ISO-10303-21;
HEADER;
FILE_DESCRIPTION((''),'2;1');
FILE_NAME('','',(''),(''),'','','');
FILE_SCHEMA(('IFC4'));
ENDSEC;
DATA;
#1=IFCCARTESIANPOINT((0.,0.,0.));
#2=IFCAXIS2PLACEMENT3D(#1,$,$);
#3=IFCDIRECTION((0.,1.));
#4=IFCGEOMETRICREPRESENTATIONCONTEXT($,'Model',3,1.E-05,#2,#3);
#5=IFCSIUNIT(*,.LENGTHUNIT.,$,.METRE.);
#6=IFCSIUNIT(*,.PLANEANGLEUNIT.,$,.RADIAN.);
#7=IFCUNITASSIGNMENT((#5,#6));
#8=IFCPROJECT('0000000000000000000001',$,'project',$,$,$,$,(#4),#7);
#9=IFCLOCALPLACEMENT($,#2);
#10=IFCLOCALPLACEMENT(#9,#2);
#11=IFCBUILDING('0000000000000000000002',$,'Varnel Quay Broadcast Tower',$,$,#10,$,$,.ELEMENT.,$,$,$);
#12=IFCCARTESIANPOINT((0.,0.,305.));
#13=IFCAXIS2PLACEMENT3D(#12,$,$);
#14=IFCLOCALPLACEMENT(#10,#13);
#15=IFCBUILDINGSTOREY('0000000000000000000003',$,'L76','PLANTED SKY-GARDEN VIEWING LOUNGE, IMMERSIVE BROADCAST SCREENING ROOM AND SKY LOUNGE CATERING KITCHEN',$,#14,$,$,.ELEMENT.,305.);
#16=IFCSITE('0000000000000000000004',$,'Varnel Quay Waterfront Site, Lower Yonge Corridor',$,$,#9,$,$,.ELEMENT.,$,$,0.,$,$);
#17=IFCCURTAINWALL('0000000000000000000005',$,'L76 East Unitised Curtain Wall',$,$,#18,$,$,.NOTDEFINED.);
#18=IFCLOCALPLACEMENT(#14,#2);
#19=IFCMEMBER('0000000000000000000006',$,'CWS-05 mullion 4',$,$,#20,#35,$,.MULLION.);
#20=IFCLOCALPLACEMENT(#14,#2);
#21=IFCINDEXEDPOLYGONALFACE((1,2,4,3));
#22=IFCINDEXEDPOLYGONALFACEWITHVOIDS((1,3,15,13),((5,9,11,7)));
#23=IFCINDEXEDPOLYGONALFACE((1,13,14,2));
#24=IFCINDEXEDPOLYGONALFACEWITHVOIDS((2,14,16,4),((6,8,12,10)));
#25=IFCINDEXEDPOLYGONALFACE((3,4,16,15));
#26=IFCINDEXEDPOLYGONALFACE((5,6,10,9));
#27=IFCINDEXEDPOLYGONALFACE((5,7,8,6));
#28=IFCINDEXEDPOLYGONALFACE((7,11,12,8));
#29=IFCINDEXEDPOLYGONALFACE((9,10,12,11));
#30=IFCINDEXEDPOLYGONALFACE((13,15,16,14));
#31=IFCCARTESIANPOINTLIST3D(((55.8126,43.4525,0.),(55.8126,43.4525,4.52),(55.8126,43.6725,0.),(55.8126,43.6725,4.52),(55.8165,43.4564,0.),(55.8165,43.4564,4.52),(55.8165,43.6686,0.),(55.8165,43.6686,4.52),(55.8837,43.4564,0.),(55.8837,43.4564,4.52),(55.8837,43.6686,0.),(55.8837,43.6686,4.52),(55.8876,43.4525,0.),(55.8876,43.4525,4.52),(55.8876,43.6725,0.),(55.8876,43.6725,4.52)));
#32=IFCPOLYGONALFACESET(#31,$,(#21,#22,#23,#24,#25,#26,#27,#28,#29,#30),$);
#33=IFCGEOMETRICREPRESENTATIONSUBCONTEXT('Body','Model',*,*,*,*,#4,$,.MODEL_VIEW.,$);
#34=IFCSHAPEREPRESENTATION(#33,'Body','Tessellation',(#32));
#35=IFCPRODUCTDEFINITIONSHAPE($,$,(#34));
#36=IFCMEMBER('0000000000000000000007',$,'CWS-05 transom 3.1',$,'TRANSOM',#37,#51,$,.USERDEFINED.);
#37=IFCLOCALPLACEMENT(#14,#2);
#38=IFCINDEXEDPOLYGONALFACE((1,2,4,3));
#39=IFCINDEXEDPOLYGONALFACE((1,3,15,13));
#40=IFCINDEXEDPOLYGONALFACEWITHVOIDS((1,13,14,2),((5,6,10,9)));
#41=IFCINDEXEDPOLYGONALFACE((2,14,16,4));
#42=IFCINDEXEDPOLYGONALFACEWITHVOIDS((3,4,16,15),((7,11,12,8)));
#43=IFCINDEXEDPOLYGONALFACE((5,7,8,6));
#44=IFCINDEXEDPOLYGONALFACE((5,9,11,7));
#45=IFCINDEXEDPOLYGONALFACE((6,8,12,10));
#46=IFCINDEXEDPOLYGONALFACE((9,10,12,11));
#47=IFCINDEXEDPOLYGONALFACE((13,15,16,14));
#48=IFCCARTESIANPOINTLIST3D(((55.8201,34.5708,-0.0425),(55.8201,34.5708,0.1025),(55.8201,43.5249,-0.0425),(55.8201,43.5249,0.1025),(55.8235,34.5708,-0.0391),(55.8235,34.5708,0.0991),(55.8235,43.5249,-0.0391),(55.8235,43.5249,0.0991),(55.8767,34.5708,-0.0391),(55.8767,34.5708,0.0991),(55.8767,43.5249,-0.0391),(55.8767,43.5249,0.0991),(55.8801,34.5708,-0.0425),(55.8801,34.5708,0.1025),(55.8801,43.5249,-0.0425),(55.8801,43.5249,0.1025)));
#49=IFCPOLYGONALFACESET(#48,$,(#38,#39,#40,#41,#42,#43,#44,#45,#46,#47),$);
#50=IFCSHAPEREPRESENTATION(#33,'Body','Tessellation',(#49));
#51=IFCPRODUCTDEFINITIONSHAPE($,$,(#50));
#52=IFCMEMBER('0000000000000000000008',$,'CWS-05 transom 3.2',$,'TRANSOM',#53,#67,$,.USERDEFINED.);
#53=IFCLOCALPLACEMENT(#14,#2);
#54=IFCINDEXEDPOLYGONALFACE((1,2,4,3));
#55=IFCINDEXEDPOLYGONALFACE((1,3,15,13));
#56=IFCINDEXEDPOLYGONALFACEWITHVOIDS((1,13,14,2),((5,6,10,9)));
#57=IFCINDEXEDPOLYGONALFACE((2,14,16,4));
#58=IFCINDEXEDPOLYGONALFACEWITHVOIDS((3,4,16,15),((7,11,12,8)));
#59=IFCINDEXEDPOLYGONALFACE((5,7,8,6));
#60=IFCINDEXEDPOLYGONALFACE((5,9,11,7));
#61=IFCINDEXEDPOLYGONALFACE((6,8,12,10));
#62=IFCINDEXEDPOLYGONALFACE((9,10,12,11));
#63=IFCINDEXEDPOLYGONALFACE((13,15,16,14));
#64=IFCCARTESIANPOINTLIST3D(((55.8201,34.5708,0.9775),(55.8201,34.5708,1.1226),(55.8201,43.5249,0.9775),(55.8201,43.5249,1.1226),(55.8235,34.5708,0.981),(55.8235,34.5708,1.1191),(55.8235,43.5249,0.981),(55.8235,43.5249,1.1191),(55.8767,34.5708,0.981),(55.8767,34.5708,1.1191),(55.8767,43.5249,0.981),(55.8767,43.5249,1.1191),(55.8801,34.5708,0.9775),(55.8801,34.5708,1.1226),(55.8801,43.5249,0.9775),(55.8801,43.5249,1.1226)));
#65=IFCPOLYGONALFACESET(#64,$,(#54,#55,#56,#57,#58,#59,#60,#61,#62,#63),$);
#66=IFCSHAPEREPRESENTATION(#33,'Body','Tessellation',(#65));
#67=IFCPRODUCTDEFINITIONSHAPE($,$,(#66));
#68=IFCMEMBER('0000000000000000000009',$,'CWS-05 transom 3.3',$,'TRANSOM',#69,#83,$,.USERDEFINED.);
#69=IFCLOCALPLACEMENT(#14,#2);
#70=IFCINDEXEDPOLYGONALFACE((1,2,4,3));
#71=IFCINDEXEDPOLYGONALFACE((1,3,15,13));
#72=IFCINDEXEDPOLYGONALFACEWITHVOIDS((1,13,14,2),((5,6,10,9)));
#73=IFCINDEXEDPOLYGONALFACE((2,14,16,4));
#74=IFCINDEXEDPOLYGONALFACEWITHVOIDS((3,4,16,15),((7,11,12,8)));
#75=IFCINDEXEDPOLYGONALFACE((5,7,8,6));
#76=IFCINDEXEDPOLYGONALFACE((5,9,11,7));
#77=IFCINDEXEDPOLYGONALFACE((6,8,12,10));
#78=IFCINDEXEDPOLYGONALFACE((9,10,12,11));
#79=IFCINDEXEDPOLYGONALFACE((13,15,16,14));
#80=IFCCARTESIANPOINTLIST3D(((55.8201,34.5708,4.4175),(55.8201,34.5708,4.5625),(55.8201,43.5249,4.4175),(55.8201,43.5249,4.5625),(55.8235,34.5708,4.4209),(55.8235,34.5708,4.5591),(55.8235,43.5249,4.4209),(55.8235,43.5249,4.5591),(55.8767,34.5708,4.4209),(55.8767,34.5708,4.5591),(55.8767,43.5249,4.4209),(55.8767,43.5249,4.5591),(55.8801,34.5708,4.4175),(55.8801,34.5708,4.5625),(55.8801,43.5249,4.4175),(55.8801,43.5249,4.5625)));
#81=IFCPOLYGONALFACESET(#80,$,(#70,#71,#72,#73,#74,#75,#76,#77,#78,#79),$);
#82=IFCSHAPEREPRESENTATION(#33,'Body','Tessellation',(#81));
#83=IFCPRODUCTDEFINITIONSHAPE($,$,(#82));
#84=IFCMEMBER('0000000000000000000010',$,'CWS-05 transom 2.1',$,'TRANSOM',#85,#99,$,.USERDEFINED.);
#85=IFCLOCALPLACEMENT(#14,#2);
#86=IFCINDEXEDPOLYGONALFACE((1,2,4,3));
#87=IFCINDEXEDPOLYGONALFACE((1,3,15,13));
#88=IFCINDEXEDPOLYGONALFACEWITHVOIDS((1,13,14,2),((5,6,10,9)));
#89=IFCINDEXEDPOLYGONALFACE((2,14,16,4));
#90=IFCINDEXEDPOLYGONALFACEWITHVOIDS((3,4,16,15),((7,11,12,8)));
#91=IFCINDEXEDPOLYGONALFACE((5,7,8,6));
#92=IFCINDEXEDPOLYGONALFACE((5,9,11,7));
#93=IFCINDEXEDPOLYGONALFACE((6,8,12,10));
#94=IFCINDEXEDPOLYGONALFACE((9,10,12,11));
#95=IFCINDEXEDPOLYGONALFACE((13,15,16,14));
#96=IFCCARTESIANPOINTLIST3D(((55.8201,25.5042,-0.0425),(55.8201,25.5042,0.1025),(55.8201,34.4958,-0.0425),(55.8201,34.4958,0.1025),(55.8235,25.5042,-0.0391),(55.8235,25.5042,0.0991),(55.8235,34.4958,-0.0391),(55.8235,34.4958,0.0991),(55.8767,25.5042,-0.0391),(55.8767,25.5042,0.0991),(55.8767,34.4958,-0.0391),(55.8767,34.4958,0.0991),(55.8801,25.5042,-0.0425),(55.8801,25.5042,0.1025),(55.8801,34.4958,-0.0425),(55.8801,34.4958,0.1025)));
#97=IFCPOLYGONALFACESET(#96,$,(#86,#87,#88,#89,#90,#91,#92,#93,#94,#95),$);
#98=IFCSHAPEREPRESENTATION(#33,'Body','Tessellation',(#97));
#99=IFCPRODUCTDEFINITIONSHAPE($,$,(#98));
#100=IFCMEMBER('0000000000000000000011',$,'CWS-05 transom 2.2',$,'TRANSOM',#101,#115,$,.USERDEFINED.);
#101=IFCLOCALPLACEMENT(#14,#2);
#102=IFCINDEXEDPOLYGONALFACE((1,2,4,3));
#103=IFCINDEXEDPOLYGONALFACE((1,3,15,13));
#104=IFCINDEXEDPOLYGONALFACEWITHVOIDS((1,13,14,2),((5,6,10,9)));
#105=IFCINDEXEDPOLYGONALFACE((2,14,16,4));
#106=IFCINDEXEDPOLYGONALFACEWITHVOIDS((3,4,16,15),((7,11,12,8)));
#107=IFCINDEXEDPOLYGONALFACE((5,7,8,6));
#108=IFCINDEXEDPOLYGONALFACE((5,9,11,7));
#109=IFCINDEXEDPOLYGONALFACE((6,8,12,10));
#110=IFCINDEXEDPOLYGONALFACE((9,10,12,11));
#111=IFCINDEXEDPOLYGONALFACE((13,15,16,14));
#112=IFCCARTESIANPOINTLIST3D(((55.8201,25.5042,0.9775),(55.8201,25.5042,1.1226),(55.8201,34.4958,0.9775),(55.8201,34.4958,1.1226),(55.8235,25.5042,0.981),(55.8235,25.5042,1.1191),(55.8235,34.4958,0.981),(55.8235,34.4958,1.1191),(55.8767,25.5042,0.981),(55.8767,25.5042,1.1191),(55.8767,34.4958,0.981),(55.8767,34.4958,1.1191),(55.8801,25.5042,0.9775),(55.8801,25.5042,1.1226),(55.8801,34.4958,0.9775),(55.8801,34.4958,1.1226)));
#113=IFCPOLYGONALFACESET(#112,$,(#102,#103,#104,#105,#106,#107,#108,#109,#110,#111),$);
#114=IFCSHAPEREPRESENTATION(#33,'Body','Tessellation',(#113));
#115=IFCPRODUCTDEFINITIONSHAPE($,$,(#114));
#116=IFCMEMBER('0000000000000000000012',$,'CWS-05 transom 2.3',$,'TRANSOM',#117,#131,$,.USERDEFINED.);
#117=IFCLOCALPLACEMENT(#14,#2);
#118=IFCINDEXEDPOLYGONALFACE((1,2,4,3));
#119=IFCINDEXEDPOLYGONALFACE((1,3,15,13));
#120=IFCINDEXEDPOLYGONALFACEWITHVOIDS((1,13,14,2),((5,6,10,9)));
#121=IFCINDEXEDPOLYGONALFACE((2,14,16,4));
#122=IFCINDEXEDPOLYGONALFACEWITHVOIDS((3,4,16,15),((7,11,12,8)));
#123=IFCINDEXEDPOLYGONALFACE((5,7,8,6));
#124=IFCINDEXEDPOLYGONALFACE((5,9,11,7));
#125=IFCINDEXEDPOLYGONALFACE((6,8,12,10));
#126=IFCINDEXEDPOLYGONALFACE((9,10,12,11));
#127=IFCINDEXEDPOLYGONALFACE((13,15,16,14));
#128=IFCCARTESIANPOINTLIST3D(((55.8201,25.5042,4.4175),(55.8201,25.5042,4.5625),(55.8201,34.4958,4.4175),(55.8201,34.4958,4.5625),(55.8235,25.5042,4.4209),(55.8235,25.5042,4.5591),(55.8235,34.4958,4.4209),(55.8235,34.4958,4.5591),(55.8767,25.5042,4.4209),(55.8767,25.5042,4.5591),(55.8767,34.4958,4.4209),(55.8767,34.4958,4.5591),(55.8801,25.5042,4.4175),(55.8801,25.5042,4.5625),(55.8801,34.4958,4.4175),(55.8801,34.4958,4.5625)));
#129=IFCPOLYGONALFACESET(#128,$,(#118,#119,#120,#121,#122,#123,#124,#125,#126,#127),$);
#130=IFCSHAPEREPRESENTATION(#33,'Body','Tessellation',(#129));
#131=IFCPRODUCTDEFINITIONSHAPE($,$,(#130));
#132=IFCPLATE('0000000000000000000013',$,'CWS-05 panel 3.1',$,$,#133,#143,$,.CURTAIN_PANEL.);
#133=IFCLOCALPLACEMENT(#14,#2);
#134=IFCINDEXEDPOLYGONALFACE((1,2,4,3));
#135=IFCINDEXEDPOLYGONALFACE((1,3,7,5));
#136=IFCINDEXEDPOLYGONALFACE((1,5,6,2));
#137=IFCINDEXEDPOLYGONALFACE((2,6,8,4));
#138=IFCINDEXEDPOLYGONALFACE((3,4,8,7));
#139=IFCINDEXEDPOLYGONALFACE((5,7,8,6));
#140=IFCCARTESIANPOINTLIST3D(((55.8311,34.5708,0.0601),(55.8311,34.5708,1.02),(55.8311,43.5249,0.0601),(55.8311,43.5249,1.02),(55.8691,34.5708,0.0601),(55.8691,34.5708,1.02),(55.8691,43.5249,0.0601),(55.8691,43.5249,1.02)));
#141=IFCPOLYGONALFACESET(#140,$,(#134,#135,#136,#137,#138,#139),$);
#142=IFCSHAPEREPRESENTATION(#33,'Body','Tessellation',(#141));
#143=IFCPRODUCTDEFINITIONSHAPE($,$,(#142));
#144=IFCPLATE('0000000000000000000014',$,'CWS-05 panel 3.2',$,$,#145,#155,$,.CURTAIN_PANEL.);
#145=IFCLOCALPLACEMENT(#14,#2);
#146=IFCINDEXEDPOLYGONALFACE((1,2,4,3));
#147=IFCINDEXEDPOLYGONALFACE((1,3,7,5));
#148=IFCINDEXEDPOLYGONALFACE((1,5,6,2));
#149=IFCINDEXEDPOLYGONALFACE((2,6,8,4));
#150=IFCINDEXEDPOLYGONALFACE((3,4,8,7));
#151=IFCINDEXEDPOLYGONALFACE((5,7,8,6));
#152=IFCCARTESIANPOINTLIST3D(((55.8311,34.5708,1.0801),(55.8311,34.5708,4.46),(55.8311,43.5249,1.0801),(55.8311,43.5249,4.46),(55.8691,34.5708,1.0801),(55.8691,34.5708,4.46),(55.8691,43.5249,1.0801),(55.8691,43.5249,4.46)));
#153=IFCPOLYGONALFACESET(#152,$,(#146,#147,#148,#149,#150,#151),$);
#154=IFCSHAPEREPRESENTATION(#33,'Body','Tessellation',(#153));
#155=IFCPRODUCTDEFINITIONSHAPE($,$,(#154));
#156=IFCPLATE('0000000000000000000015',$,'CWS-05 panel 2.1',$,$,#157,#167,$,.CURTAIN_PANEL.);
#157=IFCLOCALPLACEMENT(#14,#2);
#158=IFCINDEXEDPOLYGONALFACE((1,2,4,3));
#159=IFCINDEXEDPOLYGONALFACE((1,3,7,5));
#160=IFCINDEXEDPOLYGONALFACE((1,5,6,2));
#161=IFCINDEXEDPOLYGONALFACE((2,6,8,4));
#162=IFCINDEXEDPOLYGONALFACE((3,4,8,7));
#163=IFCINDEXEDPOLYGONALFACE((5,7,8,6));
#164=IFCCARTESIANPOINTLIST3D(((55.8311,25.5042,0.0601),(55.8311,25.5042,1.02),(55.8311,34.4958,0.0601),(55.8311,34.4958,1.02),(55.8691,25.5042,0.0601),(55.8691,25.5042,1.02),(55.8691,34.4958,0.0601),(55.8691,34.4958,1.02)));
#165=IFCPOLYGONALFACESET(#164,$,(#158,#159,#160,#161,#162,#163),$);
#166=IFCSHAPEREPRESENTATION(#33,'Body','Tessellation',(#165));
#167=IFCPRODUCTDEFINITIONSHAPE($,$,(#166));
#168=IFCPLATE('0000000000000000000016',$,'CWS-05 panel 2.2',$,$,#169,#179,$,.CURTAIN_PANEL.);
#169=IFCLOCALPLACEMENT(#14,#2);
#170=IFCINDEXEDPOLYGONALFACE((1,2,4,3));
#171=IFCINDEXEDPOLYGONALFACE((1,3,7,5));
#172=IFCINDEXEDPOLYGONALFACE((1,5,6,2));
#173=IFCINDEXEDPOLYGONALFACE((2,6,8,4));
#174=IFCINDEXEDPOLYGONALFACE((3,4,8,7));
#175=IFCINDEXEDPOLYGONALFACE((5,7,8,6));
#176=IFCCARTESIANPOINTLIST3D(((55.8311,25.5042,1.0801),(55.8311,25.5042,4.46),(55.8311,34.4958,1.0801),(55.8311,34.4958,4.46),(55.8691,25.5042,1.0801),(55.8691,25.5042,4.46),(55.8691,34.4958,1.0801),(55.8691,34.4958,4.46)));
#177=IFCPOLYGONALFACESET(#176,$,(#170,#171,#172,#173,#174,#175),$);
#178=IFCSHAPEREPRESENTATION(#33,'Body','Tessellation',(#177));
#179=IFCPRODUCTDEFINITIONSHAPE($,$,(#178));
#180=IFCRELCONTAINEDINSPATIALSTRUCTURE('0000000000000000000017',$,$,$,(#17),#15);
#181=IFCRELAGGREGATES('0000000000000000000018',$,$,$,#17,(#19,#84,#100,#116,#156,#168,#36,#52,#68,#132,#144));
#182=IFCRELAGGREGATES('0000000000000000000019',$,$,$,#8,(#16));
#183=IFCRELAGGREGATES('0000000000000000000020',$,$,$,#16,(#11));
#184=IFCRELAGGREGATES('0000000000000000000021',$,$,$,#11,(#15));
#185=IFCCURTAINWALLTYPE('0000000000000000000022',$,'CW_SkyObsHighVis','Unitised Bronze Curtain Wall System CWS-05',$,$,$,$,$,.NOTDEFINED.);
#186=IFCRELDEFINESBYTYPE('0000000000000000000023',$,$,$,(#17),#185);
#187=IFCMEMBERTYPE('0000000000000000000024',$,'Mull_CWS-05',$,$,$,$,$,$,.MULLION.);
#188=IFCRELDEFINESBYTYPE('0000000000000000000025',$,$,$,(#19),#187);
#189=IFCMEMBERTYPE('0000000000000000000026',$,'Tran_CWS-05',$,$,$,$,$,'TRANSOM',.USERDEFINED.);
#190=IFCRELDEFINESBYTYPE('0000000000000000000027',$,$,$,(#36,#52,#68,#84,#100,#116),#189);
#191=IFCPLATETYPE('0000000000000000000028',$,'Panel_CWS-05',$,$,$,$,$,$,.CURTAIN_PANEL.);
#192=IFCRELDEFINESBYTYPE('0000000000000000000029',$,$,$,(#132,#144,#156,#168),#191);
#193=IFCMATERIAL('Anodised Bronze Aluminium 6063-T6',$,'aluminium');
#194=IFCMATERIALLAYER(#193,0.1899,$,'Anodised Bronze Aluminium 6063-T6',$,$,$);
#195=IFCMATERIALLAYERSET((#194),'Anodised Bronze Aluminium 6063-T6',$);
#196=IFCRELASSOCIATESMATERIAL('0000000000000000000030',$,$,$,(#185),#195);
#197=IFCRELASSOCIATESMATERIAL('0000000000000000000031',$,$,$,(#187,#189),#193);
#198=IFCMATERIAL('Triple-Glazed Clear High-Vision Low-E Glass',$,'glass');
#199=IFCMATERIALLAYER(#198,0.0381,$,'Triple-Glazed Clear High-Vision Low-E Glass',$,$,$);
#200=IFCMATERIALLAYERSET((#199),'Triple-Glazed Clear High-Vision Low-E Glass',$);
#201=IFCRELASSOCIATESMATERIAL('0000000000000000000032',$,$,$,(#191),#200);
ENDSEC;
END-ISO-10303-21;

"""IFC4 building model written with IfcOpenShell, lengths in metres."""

from ifc_helpers import new_model, si_unit, direction, frame, origin, origin_2d, place, context, subcontext, project, spatial, rectangle, hollow_rectangle, extrude, source, transform, mapped, material, layer, layer_set, material_profile, profile_set, type_object, type_shapes, element, aggregate, save


model = new_model("IFC4")

# Units and contexts
model_context = context("Model", 3, precision=1e-05, world=origin(), true_north=direction((0.0, 1.0)))
body_context = subcontext(model_context, "Body", "Model", "MODEL_VIEW")
ifc_project = project(units=[si_unit("LENGTHUNIT", "METRE"), si_unit("PLANEANGLEUNIT", "RADIAN")], contexts=[model_context])

# Site, building, storey
site_placement = place(None, origin())
site = spatial("IfcSite", under=ifc_project, at=site_placement, Name="Varnel Quay Waterfront Site, Lower Yonge Corridor", CompositionType="ELEMENT", RefElevation=0.0)
building_placement = place(site_placement, origin())
building = spatial("IfcBuilding", under=site, at=building_placement, Name="Varnel Quay Broadcast Tower", CompositionType="ELEMENT")
storey_placement = place(building_placement, frame((0.0, 0.0, 305.0)))
storey = spatial("IfcBuildingStorey", under=building, at=storey_placement, Name="L76", Description="PLANTED SKY-GARDEN VIEWING LOUNGE, IMMERSIVE BROADCAST SCREENING ROOM AND SKY LOUNGE CATERING KITCHEN", CompositionType="ELEMENT", Elevation=305.0)

# Curtain wall, members, plates
ifc_material_1 = material(Name="Anodised Bronze Aluminium 6063-T6", Category="aluminium")
ifc_layer_1 = layer(ifc_material_1, 0.1899, Name="Anodised Bronze Aluminium 6063-T6")
ifc_layer_set_1 = layer_set([ifc_layer_1], Name="Anodised Bronze Aluminium 6063-T6")
curtain_wall_type = type_object("IfcCurtainWallType", Name="CW_SkyObsHighVis", Description="Unitised Bronze Curtain Wall System CWS-05", PredefinedType="NOTDEFINED", material=ifc_layer_set_1)
curtain_wall_placement = place(storey_placement, origin())
curtain_wall = element("IfcCurtainWall", 1, at=curtain_wall_placement, inside=storey, type_object=curtain_wall_type, Name="L76 East Unitised Curtain Wall", PredefinedType="NOTDEFINED")
ifc_material_profile_1 = material_profile(ifc_material_1, hollow_rectangle(XDim=0.075, YDim=0.22, WallThickness=0.0039, at=origin_2d()), Name="ALU75X220X4")
ifc_profile_set_1 = profile_set([ifc_material_profile_1], Name="Anodised Bronze Aluminium 6063-T6")
member_type_1 = type_object("IfcMemberType", Name="Mull_CWS-05", PredefinedType="MULLION", material=ifc_profile_set_1)
shared_shape_1 = source(origin(), body_context, "Body", "SweptSolid", [
    extrude(hollow_rectangle(XDim=0.075, YDim=0.22, WallThickness=0.0039, at=origin_2d()), origin(), (0.0, 0.0, 1.0), 4.52),
])
type_shapes(member_type_1, [shared_shape_1])
member_1_placement = place(storey_placement, frame((55.8501, 43.5625, 0.0), z_axis=(0.0, 0.0, 1.0), x_axis=(-1.0, 0.0, 0.0)))
member_1 = element("IfcMember", 2, at=member_1_placement, type_object=member_type_1, Name="CWS-05 mullion 4", PredefinedType="MULLION", context=body_context, shape_type="MappedRepresentation", body=[
    mapped(shared_shape_1, transform((0.0, 0.0, 0.0), x_axis=(1.0, 0.0, 0.0), y_axis=(0.0, 1.0, 0.0), z_axis=(0.0, 0.0, 1.0), scale=1.0)),
])
ifc_material_profile_2 = material_profile(ifc_material_1, hollow_rectangle(XDim=0.0601, YDim=0.145, WallThickness=0.0034, at=origin_2d()), Name="ALU60X145X3.5")
ifc_profile_set_2 = profile_set([ifc_material_profile_2], Name="Anodised Bronze Aluminium 6063-T6")
member_type_2 = type_object("IfcMemberType", Name="Tran_CWS-05", ElementType="TRANSOM", PredefinedType="USERDEFINED", material=ifc_profile_set_2)
shared_shape_2 = source(origin(), body_context, "Body", "SweptSolid", [
    extrude(hollow_rectangle(XDim=0.0601, YDim=0.145, WallThickness=0.0034, at=origin_2d()), origin(), (0.0, 0.0, 1.0), 8.9541),
])
member_2_placement = place(storey_placement, frame((55.8501, 34.5708, 0.03), z_axis=(0.0, 1.0, 0.0), x_axis=(-1.0, 0.0, 0.0)))
member_2 = element("IfcMember", 3, at=member_2_placement, type_object=member_type_2, Name="CWS-05 transom 3.1", ObjectType="TRANSOM", PredefinedType="USERDEFINED", context=body_context, shape_type="MappedRepresentation", body=[
    mapped(shared_shape_2, transform((0.0, 0.0, 0.0), x_axis=(1.0, 0.0, 0.0), y_axis=(0.0, 1.0, 0.0), z_axis=(0.0, 0.0, 1.0), scale=1.0)),
])
member_3_placement = place(storey_placement, frame((55.8501, 34.5708, 1.05), z_axis=(0.0, 1.0, 0.0), x_axis=(-1.0, 0.0, 0.0)))
member_3 = element("IfcMember", 4, at=member_3_placement, type_object=member_type_2, Name="CWS-05 transom 3.2", ObjectType="TRANSOM", PredefinedType="USERDEFINED", context=body_context, shape_type="MappedRepresentation", body=[
    mapped(shared_shape_2, transform((0.0, 0.0, 0.0), x_axis=(1.0, 0.0, 0.0), y_axis=(0.0, 1.0, 0.0), z_axis=(0.0, 0.0, 1.0), scale=1.0)),
])
member_4_placement = place(storey_placement, frame((55.8501, 34.5708, 4.49), z_axis=(0.0, 1.0, 0.0), x_axis=(-1.0, 0.0, 0.0)))
member_4 = element("IfcMember", 5, at=member_4_placement, type_object=member_type_2, Name="CWS-05 transom 3.3", ObjectType="TRANSOM", PredefinedType="USERDEFINED", context=body_context, shape_type="MappedRepresentation", body=[
    mapped(shared_shape_2, transform((0.0, 0.0, 0.0), x_axis=(1.0, 0.0, 0.0), y_axis=(0.0, 1.0, 0.0), z_axis=(0.0, 0.0, 1.0), scale=1.0)),
])
shared_shape_3 = source(origin(), body_context, "Body", "SweptSolid", [
    extrude(hollow_rectangle(XDim=0.0601, YDim=0.145, WallThickness=0.0034, at=origin_2d()), origin(), (0.0, 0.0, 1.0), 8.9917),
])
type_shapes(member_type_2, [shared_shape_2, shared_shape_3])
member_5_placement = place(storey_placement, frame((55.8501, 25.5042, 0.03), z_axis=(0.0, 1.0, 0.0), x_axis=(-1.0, 0.0, 0.0)))
member_5 = element("IfcMember", 6, at=member_5_placement, type_object=member_type_2, Name="CWS-05 transom 2.1", ObjectType="TRANSOM", PredefinedType="USERDEFINED", context=body_context, shape_type="MappedRepresentation", body=[
    mapped(shared_shape_3, transform((0.0, 0.0, 0.0), x_axis=(1.0, 0.0, 0.0), y_axis=(0.0, 1.0, 0.0), z_axis=(0.0, 0.0, 1.0), scale=1.0)),
])
member_6_placement = place(storey_placement, frame((55.8501, 25.5042, 1.05), z_axis=(0.0, 1.0, 0.0), x_axis=(-1.0, 0.0, 0.0)))
member_6 = element("IfcMember", 7, at=member_6_placement, type_object=member_type_2, Name="CWS-05 transom 2.2", ObjectType="TRANSOM", PredefinedType="USERDEFINED", context=body_context, shape_type="MappedRepresentation", body=[
    mapped(shared_shape_3, transform((0.0, 0.0, 0.0), x_axis=(1.0, 0.0, 0.0), y_axis=(0.0, 1.0, 0.0), z_axis=(0.0, 0.0, 1.0), scale=1.0)),
])
member_7_placement = place(storey_placement, frame((55.8501, 25.5042, 4.49), z_axis=(0.0, 1.0, 0.0), x_axis=(-1.0, 0.0, 0.0)))
member_7 = element("IfcMember", 8, at=member_7_placement, type_object=member_type_2, Name="CWS-05 transom 2.3", ObjectType="TRANSOM", PredefinedType="USERDEFINED", context=body_context, shape_type="MappedRepresentation", body=[
    mapped(shared_shape_3, transform((0.0, 0.0, 0.0), x_axis=(1.0, 0.0, 0.0), y_axis=(0.0, 1.0, 0.0), z_axis=(0.0, 0.0, 1.0), scale=1.0)),
])
ifc_material_2 = material(Name="Triple-Glazed Clear High-Vision Low-E Glass", Category="glass")
ifc_layer_2 = layer(ifc_material_2, 0.0381, Name="Triple-Glazed Clear High-Vision Low-E Glass")
ifc_layer_set_2 = layer_set([ifc_layer_2], Name="Triple-Glazed Clear High-Vision Low-E Glass")
plate_type = type_object("IfcPlateType", Name="Panel_CWS-05", PredefinedType="CURTAIN_PANEL", material=ifc_layer_set_2)
shared_shape_4 = source(origin(), body_context, "Body", "SweptSolid", [
    extrude(rectangle(XDim=8.9541, YDim=0.0381, at=origin_2d()), origin(), (0.0, 0.0, 1.0), 0.96),
])
plate_1_placement = place(storey_placement, frame((55.8501, 39.0479, 0.0601), z_axis=(0.0, 0.0, 1.0), x_axis=(0.0, 1.0, 0.0)))
plate_1 = element("IfcPlate", 9, at=plate_1_placement, type_object=plate_type, Name="CWS-05 panel 3.1", PredefinedType="CURTAIN_PANEL", context=body_context, shape_type="MappedRepresentation", body=[
    mapped(shared_shape_4, transform((0.0, 0.0, 0.0), x_axis=(1.0, 0.0, 0.0), y_axis=(0.0, 1.0, 0.0), z_axis=(0.0, 0.0, 1.0), scale=1.0)),
])
shared_shape_5 = source(origin(), body_context, "Body", "SweptSolid", [
    extrude(rectangle(XDim=8.9541, YDim=0.0381, at=origin_2d()), origin(), (0.0, 0.0, 1.0), 3.3799),
])
plate_2_placement = place(storey_placement, frame((55.8501, 39.0479, 1.0801), z_axis=(0.0, 0.0, 1.0), x_axis=(0.0, 1.0, 0.0)))
plate_2 = element("IfcPlate", 10, at=plate_2_placement, type_object=plate_type, Name="CWS-05 panel 3.2", PredefinedType="CURTAIN_PANEL", context=body_context, shape_type="MappedRepresentation", body=[
    mapped(shared_shape_5, transform((0.0, 0.0, 0.0), x_axis=(1.0, 0.0, 0.0), y_axis=(0.0, 1.0, 0.0), z_axis=(0.0, 0.0, 1.0), scale=1.0)),
])
shared_shape_6 = source(origin(), body_context, "Body", "SweptSolid", [
    extrude(rectangle(XDim=8.9917, YDim=0.0381, at=origin_2d()), origin(), (0.0, 0.0, 1.0), 0.96),
])
plate_3_placement = place(storey_placement, frame((55.8501, 30.0, 0.0601), z_axis=(0.0, 0.0, 1.0), x_axis=(0.0, 1.0, 0.0)))
plate_3 = element("IfcPlate", 11, at=plate_3_placement, type_object=plate_type, Name="CWS-05 panel 2.1", PredefinedType="CURTAIN_PANEL", context=body_context, shape_type="MappedRepresentation", body=[
    mapped(shared_shape_6, transform((0.0, 0.0, 0.0), x_axis=(1.0, 0.0, 0.0), y_axis=(0.0, 1.0, 0.0), z_axis=(0.0, 0.0, 1.0), scale=1.0)),
])
shared_shape_7 = source(origin(), body_context, "Body", "SweptSolid", [
    extrude(rectangle(XDim=8.9917, YDim=0.0381, at=origin_2d()), origin(), (0.0, 0.0, 1.0), 3.3799),
])
type_shapes(plate_type, [shared_shape_4, shared_shape_5, shared_shape_6, shared_shape_7])
plate_4_placement = place(storey_placement, frame((55.8501, 30.0, 1.0801), z_axis=(0.0, 0.0, 1.0), x_axis=(0.0, 1.0, 0.0)))
plate_4 = element("IfcPlate", 12, at=plate_4_placement, type_object=plate_type, Name="CWS-05 panel 2.2", PredefinedType="CURTAIN_PANEL", context=body_context, shape_type="MappedRepresentation", body=[
    mapped(shared_shape_7, transform((0.0, 0.0, 0.0), x_axis=(1.0, 0.0, 0.0), y_axis=(0.0, 1.0, 0.0), z_axis=(0.0, 0.0, 1.0), scale=1.0)),
])
aggregate(curtain_wall, [member_1, member_5, member_6, member_7, plate_3, plate_4, member_2, member_3, member_4, plate_1, plate_2])

save(model, "model.ifc")
